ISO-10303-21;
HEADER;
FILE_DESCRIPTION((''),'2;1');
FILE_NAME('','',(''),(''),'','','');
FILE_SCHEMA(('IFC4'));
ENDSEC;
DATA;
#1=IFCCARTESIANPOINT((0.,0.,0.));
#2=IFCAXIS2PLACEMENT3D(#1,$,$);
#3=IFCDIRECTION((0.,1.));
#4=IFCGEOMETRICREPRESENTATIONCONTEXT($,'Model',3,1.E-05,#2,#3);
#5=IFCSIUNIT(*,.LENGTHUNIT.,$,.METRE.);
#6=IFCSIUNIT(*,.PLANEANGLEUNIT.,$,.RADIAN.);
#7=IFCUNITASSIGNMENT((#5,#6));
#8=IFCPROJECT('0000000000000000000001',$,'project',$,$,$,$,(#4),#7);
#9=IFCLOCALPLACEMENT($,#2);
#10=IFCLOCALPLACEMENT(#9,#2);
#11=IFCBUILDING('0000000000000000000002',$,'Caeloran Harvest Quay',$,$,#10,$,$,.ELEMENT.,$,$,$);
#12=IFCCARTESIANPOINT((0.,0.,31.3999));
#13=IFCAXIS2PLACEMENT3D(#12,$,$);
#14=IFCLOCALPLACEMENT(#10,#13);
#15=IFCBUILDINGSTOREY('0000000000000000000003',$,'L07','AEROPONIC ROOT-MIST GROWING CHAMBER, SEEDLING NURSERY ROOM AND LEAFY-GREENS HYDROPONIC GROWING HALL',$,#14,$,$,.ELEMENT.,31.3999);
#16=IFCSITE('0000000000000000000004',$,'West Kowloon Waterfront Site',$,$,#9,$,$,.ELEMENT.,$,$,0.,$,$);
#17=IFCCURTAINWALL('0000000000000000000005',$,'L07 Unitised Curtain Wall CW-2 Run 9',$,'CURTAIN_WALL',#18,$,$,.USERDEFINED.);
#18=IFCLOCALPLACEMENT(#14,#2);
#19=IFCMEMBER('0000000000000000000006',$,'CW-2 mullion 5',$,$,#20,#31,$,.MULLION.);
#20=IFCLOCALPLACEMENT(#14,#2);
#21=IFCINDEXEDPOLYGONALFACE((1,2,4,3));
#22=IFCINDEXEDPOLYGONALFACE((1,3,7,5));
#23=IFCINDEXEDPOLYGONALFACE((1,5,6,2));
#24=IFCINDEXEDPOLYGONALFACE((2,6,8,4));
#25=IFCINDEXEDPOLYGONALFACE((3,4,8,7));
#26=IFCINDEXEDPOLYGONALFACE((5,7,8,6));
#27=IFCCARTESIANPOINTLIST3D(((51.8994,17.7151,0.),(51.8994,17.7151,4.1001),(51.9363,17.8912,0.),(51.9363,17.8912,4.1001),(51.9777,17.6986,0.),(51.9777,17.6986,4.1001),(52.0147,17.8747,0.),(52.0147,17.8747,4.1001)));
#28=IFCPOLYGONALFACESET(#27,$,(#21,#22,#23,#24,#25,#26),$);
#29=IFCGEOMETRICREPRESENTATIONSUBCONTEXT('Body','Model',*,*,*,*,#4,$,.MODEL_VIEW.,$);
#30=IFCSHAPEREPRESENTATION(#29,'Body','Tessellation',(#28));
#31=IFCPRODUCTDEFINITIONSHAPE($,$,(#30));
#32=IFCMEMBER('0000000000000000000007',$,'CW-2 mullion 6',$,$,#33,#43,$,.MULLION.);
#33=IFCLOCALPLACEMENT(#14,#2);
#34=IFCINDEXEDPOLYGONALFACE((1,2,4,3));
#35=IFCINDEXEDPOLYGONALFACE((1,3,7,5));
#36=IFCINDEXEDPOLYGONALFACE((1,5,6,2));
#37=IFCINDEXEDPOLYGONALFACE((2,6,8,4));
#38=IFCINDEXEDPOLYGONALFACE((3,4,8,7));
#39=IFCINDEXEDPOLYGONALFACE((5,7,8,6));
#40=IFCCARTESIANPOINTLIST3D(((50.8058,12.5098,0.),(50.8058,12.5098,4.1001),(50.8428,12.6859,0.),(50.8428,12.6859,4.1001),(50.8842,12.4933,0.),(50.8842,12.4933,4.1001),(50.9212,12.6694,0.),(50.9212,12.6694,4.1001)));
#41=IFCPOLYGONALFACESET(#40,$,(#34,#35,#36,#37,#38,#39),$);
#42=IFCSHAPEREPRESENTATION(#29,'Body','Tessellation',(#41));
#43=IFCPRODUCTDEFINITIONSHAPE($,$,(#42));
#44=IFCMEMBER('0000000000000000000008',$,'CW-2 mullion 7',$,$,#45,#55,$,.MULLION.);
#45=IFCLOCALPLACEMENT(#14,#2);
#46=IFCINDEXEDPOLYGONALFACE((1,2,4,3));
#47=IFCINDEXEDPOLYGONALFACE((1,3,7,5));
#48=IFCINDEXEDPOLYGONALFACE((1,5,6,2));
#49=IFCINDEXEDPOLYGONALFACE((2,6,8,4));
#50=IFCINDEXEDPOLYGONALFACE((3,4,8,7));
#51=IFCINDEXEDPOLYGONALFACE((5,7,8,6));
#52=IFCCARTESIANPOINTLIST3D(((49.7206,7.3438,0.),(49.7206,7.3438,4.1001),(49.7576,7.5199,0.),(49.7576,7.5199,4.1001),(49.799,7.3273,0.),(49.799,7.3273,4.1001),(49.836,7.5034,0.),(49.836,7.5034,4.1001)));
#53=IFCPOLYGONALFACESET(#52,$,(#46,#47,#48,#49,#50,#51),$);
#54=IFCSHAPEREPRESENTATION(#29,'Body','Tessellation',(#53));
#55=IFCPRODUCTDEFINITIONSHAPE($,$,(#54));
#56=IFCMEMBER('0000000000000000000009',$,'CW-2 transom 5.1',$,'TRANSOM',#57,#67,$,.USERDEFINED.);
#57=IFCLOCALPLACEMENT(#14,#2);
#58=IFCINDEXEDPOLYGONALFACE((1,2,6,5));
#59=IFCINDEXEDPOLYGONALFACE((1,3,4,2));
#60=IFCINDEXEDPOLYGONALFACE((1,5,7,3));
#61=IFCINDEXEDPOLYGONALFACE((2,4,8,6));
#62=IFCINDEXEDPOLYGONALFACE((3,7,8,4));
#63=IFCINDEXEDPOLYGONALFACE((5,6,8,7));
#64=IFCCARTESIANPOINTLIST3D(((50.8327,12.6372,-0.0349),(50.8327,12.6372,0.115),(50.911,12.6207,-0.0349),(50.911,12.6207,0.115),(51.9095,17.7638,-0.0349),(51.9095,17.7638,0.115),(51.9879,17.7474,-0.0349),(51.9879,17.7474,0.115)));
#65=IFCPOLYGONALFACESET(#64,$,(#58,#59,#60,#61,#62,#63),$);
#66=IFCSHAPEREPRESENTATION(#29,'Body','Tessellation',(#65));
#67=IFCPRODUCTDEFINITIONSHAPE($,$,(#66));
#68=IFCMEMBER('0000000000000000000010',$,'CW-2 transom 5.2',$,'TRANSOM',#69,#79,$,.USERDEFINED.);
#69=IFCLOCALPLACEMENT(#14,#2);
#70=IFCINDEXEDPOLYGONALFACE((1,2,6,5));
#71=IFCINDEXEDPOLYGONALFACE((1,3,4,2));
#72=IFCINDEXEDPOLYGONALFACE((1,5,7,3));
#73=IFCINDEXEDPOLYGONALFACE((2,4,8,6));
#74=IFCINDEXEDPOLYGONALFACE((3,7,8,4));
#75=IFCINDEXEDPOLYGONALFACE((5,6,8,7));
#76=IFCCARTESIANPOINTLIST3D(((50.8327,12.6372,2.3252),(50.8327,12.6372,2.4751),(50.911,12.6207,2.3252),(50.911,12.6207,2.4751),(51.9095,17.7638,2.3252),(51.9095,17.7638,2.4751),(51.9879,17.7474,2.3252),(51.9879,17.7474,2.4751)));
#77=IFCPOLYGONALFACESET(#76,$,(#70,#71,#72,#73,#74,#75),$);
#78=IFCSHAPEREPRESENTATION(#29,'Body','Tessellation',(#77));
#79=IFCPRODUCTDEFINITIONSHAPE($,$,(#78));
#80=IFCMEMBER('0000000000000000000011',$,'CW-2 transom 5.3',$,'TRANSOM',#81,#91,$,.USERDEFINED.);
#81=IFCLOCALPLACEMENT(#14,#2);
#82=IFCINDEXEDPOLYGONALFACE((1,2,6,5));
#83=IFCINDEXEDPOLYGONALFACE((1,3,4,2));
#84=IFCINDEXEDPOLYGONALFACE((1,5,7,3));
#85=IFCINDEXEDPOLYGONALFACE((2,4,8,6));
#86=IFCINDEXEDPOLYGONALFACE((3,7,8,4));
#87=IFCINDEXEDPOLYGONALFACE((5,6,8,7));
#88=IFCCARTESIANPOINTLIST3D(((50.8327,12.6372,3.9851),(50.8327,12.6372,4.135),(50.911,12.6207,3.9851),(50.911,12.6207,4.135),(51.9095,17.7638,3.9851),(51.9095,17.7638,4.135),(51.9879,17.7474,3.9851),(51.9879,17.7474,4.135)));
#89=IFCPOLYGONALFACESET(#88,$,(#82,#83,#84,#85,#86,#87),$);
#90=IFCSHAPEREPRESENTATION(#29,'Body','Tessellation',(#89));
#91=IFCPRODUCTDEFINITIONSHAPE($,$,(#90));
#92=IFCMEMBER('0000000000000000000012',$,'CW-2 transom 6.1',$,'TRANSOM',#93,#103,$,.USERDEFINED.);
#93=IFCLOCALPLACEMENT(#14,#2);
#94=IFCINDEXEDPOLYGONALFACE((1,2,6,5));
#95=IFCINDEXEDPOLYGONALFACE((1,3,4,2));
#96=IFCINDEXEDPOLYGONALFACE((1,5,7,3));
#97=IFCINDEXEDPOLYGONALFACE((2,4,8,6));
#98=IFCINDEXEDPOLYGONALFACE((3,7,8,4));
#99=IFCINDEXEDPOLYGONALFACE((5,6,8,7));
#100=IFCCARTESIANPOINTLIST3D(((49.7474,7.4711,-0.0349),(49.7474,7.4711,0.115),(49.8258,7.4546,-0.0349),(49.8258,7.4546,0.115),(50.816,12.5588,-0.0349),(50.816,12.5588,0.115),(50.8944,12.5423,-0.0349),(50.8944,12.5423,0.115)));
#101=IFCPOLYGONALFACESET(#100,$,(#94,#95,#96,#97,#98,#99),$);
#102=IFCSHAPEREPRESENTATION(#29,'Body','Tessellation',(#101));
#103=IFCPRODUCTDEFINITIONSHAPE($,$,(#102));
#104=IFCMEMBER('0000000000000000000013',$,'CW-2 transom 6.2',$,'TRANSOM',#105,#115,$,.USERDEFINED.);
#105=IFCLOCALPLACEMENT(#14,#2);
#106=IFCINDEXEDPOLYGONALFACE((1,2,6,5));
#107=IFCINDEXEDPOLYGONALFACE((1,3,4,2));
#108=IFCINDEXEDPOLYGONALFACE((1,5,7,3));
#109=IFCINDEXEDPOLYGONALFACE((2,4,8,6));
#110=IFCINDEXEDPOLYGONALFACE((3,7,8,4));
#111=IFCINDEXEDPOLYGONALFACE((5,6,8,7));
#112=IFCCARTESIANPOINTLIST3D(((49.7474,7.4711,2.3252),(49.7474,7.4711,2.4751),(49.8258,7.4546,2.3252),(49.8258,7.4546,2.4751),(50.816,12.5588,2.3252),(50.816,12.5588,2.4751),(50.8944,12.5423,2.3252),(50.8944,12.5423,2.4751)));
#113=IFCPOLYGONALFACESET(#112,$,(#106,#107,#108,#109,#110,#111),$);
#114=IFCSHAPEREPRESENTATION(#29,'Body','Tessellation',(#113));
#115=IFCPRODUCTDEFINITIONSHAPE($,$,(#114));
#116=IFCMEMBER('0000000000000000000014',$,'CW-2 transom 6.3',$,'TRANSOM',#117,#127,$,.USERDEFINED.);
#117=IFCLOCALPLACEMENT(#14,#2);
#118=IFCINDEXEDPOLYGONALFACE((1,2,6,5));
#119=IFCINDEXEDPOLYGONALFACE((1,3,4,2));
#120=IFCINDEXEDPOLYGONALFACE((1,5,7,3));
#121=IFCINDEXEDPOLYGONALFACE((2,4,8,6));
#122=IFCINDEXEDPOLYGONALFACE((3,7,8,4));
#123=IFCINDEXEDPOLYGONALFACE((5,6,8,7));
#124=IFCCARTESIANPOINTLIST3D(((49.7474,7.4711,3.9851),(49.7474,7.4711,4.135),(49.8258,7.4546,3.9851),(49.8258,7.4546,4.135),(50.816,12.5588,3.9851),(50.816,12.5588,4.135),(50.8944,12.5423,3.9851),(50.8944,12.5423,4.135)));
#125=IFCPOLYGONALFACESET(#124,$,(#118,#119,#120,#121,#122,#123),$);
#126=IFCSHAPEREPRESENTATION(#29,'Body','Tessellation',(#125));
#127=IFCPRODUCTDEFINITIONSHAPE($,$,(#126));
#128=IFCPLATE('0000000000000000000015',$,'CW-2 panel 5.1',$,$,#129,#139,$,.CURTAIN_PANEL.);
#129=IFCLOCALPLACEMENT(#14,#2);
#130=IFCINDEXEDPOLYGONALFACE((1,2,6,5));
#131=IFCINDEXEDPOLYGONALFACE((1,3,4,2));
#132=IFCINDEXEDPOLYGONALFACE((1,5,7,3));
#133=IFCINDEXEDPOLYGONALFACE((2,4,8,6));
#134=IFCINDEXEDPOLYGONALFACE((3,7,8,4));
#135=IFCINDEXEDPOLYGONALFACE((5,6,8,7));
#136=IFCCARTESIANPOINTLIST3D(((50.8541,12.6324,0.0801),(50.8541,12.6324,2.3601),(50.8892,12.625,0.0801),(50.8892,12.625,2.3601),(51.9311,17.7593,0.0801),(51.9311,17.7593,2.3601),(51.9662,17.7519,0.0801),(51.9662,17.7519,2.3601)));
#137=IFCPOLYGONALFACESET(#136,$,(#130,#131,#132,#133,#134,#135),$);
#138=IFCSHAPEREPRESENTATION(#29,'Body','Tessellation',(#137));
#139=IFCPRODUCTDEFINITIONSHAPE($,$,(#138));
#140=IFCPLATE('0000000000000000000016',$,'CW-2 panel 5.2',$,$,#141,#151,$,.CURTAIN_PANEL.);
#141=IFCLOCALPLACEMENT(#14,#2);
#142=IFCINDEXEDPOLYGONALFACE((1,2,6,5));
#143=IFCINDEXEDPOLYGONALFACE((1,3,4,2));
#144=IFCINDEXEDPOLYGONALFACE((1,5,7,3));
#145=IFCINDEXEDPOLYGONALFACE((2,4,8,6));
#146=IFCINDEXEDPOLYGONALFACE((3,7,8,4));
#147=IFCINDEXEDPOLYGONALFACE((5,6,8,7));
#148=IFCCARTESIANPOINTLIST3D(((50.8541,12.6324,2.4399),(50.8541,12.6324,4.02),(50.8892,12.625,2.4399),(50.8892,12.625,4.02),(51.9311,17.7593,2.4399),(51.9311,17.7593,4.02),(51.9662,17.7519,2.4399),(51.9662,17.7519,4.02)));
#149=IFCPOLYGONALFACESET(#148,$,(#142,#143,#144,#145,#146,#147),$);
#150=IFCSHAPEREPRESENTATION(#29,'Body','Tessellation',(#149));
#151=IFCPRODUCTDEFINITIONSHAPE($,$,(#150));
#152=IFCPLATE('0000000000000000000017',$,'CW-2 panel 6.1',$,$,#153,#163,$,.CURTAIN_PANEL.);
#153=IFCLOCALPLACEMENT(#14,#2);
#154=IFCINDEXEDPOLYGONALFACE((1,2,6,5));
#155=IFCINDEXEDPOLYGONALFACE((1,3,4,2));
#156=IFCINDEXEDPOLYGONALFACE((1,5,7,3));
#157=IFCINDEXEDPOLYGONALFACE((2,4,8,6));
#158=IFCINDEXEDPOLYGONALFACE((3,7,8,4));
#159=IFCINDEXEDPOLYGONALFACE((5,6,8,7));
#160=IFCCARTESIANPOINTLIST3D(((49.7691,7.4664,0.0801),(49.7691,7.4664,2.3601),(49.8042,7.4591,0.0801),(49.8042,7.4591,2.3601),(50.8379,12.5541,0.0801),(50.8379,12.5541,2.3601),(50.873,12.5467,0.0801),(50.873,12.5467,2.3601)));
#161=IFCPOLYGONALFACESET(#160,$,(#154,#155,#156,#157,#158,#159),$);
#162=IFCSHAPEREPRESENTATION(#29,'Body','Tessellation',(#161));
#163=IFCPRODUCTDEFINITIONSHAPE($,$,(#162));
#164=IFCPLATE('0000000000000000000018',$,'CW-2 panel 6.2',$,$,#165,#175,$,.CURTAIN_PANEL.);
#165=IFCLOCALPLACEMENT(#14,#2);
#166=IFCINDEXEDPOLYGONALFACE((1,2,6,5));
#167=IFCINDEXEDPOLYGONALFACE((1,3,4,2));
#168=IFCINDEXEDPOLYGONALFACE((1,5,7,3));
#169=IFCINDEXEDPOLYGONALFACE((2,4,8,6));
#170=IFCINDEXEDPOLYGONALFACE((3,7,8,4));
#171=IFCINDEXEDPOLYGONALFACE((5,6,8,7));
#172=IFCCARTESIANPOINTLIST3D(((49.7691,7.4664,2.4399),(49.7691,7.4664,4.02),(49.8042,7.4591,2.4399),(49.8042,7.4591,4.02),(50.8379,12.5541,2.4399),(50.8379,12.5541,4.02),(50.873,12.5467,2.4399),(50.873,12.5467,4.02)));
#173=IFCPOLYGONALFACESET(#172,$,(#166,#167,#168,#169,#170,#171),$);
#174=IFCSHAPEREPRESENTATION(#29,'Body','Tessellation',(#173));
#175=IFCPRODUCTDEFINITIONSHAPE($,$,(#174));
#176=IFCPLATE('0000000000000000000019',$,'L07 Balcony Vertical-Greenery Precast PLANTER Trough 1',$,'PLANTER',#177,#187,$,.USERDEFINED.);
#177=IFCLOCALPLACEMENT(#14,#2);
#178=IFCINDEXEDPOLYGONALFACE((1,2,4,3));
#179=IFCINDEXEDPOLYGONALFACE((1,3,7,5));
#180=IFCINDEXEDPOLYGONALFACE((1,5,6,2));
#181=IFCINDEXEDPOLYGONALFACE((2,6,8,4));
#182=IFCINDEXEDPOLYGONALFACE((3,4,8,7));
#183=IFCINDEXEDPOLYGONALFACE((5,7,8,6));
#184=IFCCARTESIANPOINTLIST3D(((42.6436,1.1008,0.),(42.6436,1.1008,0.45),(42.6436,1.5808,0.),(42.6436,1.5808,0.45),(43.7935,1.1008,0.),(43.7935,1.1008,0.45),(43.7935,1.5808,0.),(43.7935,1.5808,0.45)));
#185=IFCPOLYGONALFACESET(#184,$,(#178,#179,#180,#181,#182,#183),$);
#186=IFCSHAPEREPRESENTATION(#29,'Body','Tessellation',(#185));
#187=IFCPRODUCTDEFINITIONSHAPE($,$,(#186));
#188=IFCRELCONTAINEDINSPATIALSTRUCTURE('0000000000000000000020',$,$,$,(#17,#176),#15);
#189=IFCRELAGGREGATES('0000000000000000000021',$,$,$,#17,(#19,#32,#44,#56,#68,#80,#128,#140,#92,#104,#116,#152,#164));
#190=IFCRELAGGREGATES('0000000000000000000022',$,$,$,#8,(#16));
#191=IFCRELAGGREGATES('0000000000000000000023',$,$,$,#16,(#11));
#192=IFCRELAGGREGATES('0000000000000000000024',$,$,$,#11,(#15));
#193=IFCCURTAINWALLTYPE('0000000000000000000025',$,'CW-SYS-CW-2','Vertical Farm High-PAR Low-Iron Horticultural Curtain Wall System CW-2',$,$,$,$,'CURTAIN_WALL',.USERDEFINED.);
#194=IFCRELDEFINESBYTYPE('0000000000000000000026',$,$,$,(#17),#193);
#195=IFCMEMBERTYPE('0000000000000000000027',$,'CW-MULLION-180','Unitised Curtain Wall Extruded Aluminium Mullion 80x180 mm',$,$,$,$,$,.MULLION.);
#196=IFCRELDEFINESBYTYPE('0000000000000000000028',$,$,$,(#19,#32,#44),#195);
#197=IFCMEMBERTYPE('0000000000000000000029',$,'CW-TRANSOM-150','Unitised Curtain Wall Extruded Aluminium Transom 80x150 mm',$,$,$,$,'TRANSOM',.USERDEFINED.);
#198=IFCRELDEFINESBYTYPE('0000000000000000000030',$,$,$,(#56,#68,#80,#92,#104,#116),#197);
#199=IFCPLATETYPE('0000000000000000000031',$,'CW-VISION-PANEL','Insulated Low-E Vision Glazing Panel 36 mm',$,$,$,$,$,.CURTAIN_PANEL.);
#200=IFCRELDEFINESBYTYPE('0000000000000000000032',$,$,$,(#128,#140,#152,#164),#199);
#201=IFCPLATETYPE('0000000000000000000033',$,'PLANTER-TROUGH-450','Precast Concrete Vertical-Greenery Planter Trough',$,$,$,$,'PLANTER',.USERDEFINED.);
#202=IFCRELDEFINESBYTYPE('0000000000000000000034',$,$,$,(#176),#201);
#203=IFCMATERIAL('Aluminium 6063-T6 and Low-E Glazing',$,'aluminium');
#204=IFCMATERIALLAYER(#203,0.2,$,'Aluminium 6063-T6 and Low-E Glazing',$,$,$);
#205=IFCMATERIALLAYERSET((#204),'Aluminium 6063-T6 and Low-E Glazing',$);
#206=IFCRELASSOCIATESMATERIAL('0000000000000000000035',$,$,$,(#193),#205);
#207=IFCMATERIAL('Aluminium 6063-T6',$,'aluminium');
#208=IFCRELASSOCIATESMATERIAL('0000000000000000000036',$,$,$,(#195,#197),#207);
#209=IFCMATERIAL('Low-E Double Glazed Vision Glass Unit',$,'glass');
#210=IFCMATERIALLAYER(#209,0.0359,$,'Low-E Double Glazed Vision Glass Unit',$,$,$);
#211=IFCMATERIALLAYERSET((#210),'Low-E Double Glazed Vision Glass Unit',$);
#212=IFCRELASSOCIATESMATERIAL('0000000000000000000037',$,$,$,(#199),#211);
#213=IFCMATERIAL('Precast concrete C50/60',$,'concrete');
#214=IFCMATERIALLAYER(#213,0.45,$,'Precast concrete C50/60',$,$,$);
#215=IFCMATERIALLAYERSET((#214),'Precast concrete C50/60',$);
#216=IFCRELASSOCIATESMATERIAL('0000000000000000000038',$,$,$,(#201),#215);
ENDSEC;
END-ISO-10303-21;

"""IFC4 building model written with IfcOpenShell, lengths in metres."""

from ifc_helpers import new_model, si_unit, direction, frame, origin, origin_2d, place, context, subcontext, project, spatial, rectangle, extrude, material, layer, layer_set, material_profile, profile_set, type_object, element, aggregate, save


model = new_model("IFC4")

# Units and contexts
model_context = context("Model", 3, precision=1e-05, world=origin(), true_north=direction((0.0, 1.0)))
body_context = subcontext(model_context, "Body", "Model", "MODEL_VIEW")
ifc_project = project(units=[si_unit("LENGTHUNIT", "METRE"), si_unit("PLANEANGLEUNIT", "RADIAN")], contexts=[model_context])

# Site, building, storey
site_placement = place(None, origin())
site = spatial("IfcSite", under=ifc_project, at=site_placement, Name="West Kowloon Waterfront Site", CompositionType="ELEMENT", RefElevation=0.0)
building_placement = place(site_placement, origin())
building = spatial("IfcBuilding", under=site, at=building_placement, Name="Caeloran Harvest Quay", CompositionType="ELEMENT")
storey_placement = place(building_placement, frame((0.0, 0.0, 31.3999)))
storey = spatial("IfcBuildingStorey", under=building, at=storey_placement, Name="L07", Description="AEROPONIC ROOT-MIST GROWING CHAMBER, SEEDLING NURSERY ROOM AND LEAFY-GREENS HYDROPONIC GROWING HALL", CompositionType="ELEMENT", Elevation=31.3999)

# Curtain wall, members, plates
ifc_material_1 = material(Name="Aluminium 6063-T6 and Low-E Glazing", Category="aluminium")
ifc_layer_1 = layer(ifc_material_1, 0.2, Name="Aluminium 6063-T6 and Low-E Glazing")
ifc_layer_set_1 = layer_set([ifc_layer_1], Name="Aluminium 6063-T6 and Low-E Glazing")
curtain_wall_type = type_object("IfcCurtainWallType", Name="CW-SYS-CW-2", Description="Vertical Farm High-PAR Low-Iron Horticultural Curtain Wall System CW-2", ElementType="CURTAIN_WALL", PredefinedType="USERDEFINED", material=ifc_layer_set_1)
curtain_wall_placement = place(storey_placement, origin())
curtain_wall = element("IfcCurtainWall", 1, at=curtain_wall_placement, inside=storey, type_object=curtain_wall_type, Name="L07 Unitised Curtain Wall CW-2 Run 9", ObjectType="CURTAIN_WALL", PredefinedType="USERDEFINED")
ifc_material_2 = material(Name="Aluminium 6063-T6", Category="aluminium")
ifc_material_profile_1 = material_profile(ifc_material_2, rectangle(XDim=0.0801, YDim=0.1799, at=origin_2d()), Name="CW-MULLION-180")
ifc_profile_set_1 = profile_set([ifc_material_profile_1], Name="Aluminium 6063-T6")
member_type_1 = type_object("IfcMemberType", Name="CW-MULLION-180", Description="Unitised Curtain Wall Extruded Aluminium Mullion 80x180 mm", PredefinedType="MULLION", material=ifc_profile_set_1)
member_1_placement = place(storey_placement, frame((51.957, 17.7949, 0.0), z_axis=(0.0, 0.0, 1.0), x_axis=(0.97864, -0.205583, 0.0)))
member_1 = element("IfcMember", 2, at=member_1_placement, type_object=member_type_1, Name="CW-2 mullion 5", PredefinedType="MULLION", context=body_context, shape_type="SweptSolid", body=[
    extrude(rectangle(XDim=0.0801, YDim=0.1799, at=origin_2d()), origin(), (0.0, 0.0, 1.0), 4.1001),
])
member_2_placement = place(storey_placement, frame((50.8635, 12.5896, 0.0), z_axis=(0.0, 0.0, 1.0), x_axis=(0.97864, -0.205583, 0.0)))
member_2 = element("IfcMember", 3, at=member_2_placement, type_object=member_type_1, Name="CW-2 mullion 6", PredefinedType="MULLION", context=body_context, shape_type="SweptSolid", body=[
    extrude(rectangle(XDim=0.0801, YDim=0.1799, at=origin_2d()), origin(), (0.0, 0.0, 1.0), 4.1001),
])
member_3_placement = place(storey_placement, frame((49.7783, 7.4236, 0.0), z_axis=(0.0, 0.0, 1.0), x_axis=(0.97864, -0.205583, 0.0)))
member_3 = element("IfcMember", 4, at=member_3_placement, type_object=member_type_1, Name="CW-2 mullion 7", PredefinedType="MULLION", context=body_context, shape_type="SweptSolid", body=[
    extrude(rectangle(XDim=0.0801, YDim=0.1799, at=origin_2d()), origin(), (0.0, 0.0, 1.0), 4.1001),
])
ifc_material_profile_2 = material_profile(ifc_material_2, rectangle(XDim=0.0801, YDim=0.1499, at=origin_2d()), Name="CW-TRANSOM-150")
ifc_profile_set_2 = profile_set([ifc_material_profile_2], Name="Aluminium 6063-T6")
member_type_2 = type_object("IfcMemberType", Name="CW-TRANSOM-150", Description="Unitised Curtain Wall Extruded Aluminium Transom 80x150 mm", ElementType="TRANSOM", PredefinedType="USERDEFINED", material=ifc_profile_set_2)
member_4_placement = place(storey_placement, frame((51.9487, 17.7556, 0.04), z_axis=(-0.205571, -0.978642, 0.0), x_axis=(0.978642, -0.205571, 0.0)))
member_4 = element("IfcMember", 5, at=member_4_placement, type_object=member_type_2, Name="CW-2 transom 5.1", ObjectType="TRANSOM", PredefinedType="USERDEFINED", context=body_context, shape_type="SweptSolid", body=[
    extrude(rectangle(XDim=0.0801, YDim=0.1499, at=origin_2d()), origin(), (0.0, 0.0, 1.0), 5.2385),
])
member_5_placement = place(storey_placement, frame((51.9487, 17.7556, 2.4001), z_axis=(-0.205571, -0.978642, 0.0), x_axis=(0.978642, -0.205571, 0.0)))
member_5 = element("IfcMember", 6, at=member_5_placement, type_object=member_type_2, Name="CW-2 transom 5.2", ObjectType="TRANSOM", PredefinedType="USERDEFINED", context=body_context, shape_type="SweptSolid", body=[
    extrude(rectangle(XDim=0.0801, YDim=0.1499, at=origin_2d()), origin(), (0.0, 0.0, 1.0), 5.2385),
])
member_6_placement = place(storey_placement, frame((51.9487, 17.7556, 4.0601), z_axis=(-0.205571, -0.978642, 0.0), x_axis=(0.978642, -0.205571, 0.0)))
member_6 = element("IfcMember", 7, at=member_6_placement, type_object=member_type_2, Name="CW-2 transom 5.3", ObjectType="TRANSOM", PredefinedType="USERDEFINED", context=body_context, shape_type="SweptSolid", body=[
    extrude(rectangle(XDim=0.0801, YDim=0.1499, at=origin_2d()), origin(), (0.0, 0.0, 1.0), 5.2385),
])
member_7_placement = place(storey_placement, frame((50.8552, 12.5505, 0.04), z_axis=(-0.205554, -0.978646, 0.0), x_axis=(0.978646, -0.205554, 0.0)))
member_7 = element("IfcMember", 8, at=member_7_placement, type_object=member_type_2, Name="CW-2 transom 6.1", ObjectType="TRANSOM", PredefinedType="USERDEFINED", context=body_context, shape_type="SweptSolid", body=[
    extrude(rectangle(XDim=0.0801, YDim=0.1499, at=origin_2d()), origin(), (0.0, 0.0, 1.0), 5.1987),
])
member_8_placement = place(storey_placement, frame((50.8552, 12.5505, 2.4001), z_axis=(-0.205554, -0.978646, 0.0), x_axis=(0.978646, -0.205554, 0.0)))
member_8 = element("IfcMember", 9, at=member_8_placement, type_object=member_type_2, Name="CW-2 transom 6.2", ObjectType="TRANSOM", PredefinedType="USERDEFINED", context=body_context, shape_type="SweptSolid", body=[
    extrude(rectangle(XDim=0.0801, YDim=0.1499, at=origin_2d()), origin(), (0.0, 0.0, 1.0), 5.1987),
])
member_9_placement = place(storey_placement, frame((50.8552, 12.5505, 4.0601), z_axis=(-0.205554, -0.978646, 0.0), x_axis=(0.978646, -0.205554, 0.0)))
member_9 = element("IfcMember", 10, at=member_9_placement, type_object=member_type_2, Name="CW-2 transom 6.3", ObjectType="TRANSOM", PredefinedType="USERDEFINED", context=body_context, shape_type="SweptSolid", body=[
    extrude(rectangle(XDim=0.0801, YDim=0.1499, at=origin_2d()), origin(), (0.0, 0.0, 1.0), 5.1987),
])
ifc_material_3 = material(Name="Low-E Double Glazed Vision Glass Unit", Category="glass")
ifc_layer_2 = layer(ifc_material_3, 0.0359, Name="Low-E Double Glazed Vision Glass Unit")
ifc_layer_set_2 = layer_set([ifc_layer_2], Name="Low-E Double Glazed Vision Glass Unit")
plate_type_1 = type_object("IfcPlateType", Name="CW-VISION-PANEL", Description="Insulated Low-E Vision Glazing Panel 36 mm", PredefinedType="CURTAIN_PANEL", material=ifc_layer_set_2)
plate_1_placement = place(storey_placement, frame((51.4102, 15.1921, 0.0801), z_axis=(0.0, 0.0, 1.0), x_axis=(-0.205583, -0.97864, 0.0)))
plate_1 = element("IfcPlate", 11, at=plate_1_placement, type_object=plate_type_1, Name="CW-2 panel 5.1", PredefinedType="CURTAIN_PANEL", context=body_context, shape_type="SweptSolid", body=[
    extrude(rectangle(XDim=5.2388, YDim=0.0359, at=origin_2d()), origin(), (0.0, 0.0, 1.0), 2.28),
])
plate_2_placement = place(storey_placement, frame((51.4102, 15.1921, 2.4399), z_axis=(0.0, 0.0, 1.0), x_axis=(-0.205583, -0.97864, 0.0)))
plate_2 = element("IfcPlate", 12, at=plate_2_placement, type_object=plate_type_1, Name="CW-2 panel 5.2", PredefinedType="CURTAIN_PANEL", context=body_context, shape_type="SweptSolid", body=[
    extrude(rectangle(XDim=5.2388, YDim=0.0359, at=origin_2d()), origin(), (0.0, 0.0, 1.0), 1.5801),
])
plate_3_placement = place(storey_placement, frame((50.321, 10.0066, 0.0801), z_axis=(0.0, 0.0, 1.0), x_axis=(-0.205583, -0.97864, 0.0)))
plate_3 = element("IfcPlate", 13, at=plate_3_placement, type_object=plate_type_1, Name="CW-2 panel 6.1", PredefinedType="CURTAIN_PANEL", context=body_context, shape_type="SweptSolid", body=[
    extrude(rectangle(XDim=5.1987, YDim=0.0359, at=origin_2d()), origin(), (0.0, 0.0, 1.0), 2.28),
])
plate_4_placement = place(storey_placement, frame((50.321, 10.0066, 2.4399), z_axis=(0.0, 0.0, 1.0), x_axis=(-0.205583, -0.97864, 0.0)))
plate_4 = element("IfcPlate", 14, at=plate_4_placement, type_object=plate_type_1, Name="CW-2 panel 6.2", PredefinedType="CURTAIN_PANEL", context=body_context, shape_type="SweptSolid", body=[
    extrude(rectangle(XDim=5.1987, YDim=0.0359, at=origin_2d()), origin(), (0.0, 0.0, 1.0), 1.5801),
])
aggregate(curtain_wall, [member_1, member_2, member_3, member_4, member_5, member_6, plate_1, plate_2, member_7, member_8, member_9, plate_3, plate_4])

# Plate
ifc_material_4 = material(Name="Precast concrete C50/60", Category="concrete")
ifc_layer_3 = layer(ifc_material_4, 0.45, Name="Precast concrete C50/60")
ifc_layer_set_3 = layer_set([ifc_layer_3], Name="Precast concrete C50/60")
plate_type_2 = type_object("IfcPlateType", Name="PLANTER-TROUGH-450", Description="Precast Concrete Vertical-Greenery Planter Trough", ElementType="PLANTER", PredefinedType="USERDEFINED", material=ifc_layer_set_3)
plate_5_placement = place(storey_placement, frame((43.2185, 1.3408, 0.0), z_axis=(0.0, 0.0, 1.0), x_axis=(1.0, 0.0, 0.0)))
element("IfcPlate", 15, at=plate_5_placement, inside=storey, type_object=plate_type_2, Name="L07 Balcony Vertical-Greenery Precast PLANTER Trough 1", ObjectType="PLANTER", PredefinedType="USERDEFINED", context=body_context, shape_type="SweptSolid", body=[
    extrude(rectangle(XDim=1.1499, YDim=0.48, at=origin_2d()), origin(), (0.0, 0.0, 1.0), 0.45),
])

save(model, "model.ifc")
